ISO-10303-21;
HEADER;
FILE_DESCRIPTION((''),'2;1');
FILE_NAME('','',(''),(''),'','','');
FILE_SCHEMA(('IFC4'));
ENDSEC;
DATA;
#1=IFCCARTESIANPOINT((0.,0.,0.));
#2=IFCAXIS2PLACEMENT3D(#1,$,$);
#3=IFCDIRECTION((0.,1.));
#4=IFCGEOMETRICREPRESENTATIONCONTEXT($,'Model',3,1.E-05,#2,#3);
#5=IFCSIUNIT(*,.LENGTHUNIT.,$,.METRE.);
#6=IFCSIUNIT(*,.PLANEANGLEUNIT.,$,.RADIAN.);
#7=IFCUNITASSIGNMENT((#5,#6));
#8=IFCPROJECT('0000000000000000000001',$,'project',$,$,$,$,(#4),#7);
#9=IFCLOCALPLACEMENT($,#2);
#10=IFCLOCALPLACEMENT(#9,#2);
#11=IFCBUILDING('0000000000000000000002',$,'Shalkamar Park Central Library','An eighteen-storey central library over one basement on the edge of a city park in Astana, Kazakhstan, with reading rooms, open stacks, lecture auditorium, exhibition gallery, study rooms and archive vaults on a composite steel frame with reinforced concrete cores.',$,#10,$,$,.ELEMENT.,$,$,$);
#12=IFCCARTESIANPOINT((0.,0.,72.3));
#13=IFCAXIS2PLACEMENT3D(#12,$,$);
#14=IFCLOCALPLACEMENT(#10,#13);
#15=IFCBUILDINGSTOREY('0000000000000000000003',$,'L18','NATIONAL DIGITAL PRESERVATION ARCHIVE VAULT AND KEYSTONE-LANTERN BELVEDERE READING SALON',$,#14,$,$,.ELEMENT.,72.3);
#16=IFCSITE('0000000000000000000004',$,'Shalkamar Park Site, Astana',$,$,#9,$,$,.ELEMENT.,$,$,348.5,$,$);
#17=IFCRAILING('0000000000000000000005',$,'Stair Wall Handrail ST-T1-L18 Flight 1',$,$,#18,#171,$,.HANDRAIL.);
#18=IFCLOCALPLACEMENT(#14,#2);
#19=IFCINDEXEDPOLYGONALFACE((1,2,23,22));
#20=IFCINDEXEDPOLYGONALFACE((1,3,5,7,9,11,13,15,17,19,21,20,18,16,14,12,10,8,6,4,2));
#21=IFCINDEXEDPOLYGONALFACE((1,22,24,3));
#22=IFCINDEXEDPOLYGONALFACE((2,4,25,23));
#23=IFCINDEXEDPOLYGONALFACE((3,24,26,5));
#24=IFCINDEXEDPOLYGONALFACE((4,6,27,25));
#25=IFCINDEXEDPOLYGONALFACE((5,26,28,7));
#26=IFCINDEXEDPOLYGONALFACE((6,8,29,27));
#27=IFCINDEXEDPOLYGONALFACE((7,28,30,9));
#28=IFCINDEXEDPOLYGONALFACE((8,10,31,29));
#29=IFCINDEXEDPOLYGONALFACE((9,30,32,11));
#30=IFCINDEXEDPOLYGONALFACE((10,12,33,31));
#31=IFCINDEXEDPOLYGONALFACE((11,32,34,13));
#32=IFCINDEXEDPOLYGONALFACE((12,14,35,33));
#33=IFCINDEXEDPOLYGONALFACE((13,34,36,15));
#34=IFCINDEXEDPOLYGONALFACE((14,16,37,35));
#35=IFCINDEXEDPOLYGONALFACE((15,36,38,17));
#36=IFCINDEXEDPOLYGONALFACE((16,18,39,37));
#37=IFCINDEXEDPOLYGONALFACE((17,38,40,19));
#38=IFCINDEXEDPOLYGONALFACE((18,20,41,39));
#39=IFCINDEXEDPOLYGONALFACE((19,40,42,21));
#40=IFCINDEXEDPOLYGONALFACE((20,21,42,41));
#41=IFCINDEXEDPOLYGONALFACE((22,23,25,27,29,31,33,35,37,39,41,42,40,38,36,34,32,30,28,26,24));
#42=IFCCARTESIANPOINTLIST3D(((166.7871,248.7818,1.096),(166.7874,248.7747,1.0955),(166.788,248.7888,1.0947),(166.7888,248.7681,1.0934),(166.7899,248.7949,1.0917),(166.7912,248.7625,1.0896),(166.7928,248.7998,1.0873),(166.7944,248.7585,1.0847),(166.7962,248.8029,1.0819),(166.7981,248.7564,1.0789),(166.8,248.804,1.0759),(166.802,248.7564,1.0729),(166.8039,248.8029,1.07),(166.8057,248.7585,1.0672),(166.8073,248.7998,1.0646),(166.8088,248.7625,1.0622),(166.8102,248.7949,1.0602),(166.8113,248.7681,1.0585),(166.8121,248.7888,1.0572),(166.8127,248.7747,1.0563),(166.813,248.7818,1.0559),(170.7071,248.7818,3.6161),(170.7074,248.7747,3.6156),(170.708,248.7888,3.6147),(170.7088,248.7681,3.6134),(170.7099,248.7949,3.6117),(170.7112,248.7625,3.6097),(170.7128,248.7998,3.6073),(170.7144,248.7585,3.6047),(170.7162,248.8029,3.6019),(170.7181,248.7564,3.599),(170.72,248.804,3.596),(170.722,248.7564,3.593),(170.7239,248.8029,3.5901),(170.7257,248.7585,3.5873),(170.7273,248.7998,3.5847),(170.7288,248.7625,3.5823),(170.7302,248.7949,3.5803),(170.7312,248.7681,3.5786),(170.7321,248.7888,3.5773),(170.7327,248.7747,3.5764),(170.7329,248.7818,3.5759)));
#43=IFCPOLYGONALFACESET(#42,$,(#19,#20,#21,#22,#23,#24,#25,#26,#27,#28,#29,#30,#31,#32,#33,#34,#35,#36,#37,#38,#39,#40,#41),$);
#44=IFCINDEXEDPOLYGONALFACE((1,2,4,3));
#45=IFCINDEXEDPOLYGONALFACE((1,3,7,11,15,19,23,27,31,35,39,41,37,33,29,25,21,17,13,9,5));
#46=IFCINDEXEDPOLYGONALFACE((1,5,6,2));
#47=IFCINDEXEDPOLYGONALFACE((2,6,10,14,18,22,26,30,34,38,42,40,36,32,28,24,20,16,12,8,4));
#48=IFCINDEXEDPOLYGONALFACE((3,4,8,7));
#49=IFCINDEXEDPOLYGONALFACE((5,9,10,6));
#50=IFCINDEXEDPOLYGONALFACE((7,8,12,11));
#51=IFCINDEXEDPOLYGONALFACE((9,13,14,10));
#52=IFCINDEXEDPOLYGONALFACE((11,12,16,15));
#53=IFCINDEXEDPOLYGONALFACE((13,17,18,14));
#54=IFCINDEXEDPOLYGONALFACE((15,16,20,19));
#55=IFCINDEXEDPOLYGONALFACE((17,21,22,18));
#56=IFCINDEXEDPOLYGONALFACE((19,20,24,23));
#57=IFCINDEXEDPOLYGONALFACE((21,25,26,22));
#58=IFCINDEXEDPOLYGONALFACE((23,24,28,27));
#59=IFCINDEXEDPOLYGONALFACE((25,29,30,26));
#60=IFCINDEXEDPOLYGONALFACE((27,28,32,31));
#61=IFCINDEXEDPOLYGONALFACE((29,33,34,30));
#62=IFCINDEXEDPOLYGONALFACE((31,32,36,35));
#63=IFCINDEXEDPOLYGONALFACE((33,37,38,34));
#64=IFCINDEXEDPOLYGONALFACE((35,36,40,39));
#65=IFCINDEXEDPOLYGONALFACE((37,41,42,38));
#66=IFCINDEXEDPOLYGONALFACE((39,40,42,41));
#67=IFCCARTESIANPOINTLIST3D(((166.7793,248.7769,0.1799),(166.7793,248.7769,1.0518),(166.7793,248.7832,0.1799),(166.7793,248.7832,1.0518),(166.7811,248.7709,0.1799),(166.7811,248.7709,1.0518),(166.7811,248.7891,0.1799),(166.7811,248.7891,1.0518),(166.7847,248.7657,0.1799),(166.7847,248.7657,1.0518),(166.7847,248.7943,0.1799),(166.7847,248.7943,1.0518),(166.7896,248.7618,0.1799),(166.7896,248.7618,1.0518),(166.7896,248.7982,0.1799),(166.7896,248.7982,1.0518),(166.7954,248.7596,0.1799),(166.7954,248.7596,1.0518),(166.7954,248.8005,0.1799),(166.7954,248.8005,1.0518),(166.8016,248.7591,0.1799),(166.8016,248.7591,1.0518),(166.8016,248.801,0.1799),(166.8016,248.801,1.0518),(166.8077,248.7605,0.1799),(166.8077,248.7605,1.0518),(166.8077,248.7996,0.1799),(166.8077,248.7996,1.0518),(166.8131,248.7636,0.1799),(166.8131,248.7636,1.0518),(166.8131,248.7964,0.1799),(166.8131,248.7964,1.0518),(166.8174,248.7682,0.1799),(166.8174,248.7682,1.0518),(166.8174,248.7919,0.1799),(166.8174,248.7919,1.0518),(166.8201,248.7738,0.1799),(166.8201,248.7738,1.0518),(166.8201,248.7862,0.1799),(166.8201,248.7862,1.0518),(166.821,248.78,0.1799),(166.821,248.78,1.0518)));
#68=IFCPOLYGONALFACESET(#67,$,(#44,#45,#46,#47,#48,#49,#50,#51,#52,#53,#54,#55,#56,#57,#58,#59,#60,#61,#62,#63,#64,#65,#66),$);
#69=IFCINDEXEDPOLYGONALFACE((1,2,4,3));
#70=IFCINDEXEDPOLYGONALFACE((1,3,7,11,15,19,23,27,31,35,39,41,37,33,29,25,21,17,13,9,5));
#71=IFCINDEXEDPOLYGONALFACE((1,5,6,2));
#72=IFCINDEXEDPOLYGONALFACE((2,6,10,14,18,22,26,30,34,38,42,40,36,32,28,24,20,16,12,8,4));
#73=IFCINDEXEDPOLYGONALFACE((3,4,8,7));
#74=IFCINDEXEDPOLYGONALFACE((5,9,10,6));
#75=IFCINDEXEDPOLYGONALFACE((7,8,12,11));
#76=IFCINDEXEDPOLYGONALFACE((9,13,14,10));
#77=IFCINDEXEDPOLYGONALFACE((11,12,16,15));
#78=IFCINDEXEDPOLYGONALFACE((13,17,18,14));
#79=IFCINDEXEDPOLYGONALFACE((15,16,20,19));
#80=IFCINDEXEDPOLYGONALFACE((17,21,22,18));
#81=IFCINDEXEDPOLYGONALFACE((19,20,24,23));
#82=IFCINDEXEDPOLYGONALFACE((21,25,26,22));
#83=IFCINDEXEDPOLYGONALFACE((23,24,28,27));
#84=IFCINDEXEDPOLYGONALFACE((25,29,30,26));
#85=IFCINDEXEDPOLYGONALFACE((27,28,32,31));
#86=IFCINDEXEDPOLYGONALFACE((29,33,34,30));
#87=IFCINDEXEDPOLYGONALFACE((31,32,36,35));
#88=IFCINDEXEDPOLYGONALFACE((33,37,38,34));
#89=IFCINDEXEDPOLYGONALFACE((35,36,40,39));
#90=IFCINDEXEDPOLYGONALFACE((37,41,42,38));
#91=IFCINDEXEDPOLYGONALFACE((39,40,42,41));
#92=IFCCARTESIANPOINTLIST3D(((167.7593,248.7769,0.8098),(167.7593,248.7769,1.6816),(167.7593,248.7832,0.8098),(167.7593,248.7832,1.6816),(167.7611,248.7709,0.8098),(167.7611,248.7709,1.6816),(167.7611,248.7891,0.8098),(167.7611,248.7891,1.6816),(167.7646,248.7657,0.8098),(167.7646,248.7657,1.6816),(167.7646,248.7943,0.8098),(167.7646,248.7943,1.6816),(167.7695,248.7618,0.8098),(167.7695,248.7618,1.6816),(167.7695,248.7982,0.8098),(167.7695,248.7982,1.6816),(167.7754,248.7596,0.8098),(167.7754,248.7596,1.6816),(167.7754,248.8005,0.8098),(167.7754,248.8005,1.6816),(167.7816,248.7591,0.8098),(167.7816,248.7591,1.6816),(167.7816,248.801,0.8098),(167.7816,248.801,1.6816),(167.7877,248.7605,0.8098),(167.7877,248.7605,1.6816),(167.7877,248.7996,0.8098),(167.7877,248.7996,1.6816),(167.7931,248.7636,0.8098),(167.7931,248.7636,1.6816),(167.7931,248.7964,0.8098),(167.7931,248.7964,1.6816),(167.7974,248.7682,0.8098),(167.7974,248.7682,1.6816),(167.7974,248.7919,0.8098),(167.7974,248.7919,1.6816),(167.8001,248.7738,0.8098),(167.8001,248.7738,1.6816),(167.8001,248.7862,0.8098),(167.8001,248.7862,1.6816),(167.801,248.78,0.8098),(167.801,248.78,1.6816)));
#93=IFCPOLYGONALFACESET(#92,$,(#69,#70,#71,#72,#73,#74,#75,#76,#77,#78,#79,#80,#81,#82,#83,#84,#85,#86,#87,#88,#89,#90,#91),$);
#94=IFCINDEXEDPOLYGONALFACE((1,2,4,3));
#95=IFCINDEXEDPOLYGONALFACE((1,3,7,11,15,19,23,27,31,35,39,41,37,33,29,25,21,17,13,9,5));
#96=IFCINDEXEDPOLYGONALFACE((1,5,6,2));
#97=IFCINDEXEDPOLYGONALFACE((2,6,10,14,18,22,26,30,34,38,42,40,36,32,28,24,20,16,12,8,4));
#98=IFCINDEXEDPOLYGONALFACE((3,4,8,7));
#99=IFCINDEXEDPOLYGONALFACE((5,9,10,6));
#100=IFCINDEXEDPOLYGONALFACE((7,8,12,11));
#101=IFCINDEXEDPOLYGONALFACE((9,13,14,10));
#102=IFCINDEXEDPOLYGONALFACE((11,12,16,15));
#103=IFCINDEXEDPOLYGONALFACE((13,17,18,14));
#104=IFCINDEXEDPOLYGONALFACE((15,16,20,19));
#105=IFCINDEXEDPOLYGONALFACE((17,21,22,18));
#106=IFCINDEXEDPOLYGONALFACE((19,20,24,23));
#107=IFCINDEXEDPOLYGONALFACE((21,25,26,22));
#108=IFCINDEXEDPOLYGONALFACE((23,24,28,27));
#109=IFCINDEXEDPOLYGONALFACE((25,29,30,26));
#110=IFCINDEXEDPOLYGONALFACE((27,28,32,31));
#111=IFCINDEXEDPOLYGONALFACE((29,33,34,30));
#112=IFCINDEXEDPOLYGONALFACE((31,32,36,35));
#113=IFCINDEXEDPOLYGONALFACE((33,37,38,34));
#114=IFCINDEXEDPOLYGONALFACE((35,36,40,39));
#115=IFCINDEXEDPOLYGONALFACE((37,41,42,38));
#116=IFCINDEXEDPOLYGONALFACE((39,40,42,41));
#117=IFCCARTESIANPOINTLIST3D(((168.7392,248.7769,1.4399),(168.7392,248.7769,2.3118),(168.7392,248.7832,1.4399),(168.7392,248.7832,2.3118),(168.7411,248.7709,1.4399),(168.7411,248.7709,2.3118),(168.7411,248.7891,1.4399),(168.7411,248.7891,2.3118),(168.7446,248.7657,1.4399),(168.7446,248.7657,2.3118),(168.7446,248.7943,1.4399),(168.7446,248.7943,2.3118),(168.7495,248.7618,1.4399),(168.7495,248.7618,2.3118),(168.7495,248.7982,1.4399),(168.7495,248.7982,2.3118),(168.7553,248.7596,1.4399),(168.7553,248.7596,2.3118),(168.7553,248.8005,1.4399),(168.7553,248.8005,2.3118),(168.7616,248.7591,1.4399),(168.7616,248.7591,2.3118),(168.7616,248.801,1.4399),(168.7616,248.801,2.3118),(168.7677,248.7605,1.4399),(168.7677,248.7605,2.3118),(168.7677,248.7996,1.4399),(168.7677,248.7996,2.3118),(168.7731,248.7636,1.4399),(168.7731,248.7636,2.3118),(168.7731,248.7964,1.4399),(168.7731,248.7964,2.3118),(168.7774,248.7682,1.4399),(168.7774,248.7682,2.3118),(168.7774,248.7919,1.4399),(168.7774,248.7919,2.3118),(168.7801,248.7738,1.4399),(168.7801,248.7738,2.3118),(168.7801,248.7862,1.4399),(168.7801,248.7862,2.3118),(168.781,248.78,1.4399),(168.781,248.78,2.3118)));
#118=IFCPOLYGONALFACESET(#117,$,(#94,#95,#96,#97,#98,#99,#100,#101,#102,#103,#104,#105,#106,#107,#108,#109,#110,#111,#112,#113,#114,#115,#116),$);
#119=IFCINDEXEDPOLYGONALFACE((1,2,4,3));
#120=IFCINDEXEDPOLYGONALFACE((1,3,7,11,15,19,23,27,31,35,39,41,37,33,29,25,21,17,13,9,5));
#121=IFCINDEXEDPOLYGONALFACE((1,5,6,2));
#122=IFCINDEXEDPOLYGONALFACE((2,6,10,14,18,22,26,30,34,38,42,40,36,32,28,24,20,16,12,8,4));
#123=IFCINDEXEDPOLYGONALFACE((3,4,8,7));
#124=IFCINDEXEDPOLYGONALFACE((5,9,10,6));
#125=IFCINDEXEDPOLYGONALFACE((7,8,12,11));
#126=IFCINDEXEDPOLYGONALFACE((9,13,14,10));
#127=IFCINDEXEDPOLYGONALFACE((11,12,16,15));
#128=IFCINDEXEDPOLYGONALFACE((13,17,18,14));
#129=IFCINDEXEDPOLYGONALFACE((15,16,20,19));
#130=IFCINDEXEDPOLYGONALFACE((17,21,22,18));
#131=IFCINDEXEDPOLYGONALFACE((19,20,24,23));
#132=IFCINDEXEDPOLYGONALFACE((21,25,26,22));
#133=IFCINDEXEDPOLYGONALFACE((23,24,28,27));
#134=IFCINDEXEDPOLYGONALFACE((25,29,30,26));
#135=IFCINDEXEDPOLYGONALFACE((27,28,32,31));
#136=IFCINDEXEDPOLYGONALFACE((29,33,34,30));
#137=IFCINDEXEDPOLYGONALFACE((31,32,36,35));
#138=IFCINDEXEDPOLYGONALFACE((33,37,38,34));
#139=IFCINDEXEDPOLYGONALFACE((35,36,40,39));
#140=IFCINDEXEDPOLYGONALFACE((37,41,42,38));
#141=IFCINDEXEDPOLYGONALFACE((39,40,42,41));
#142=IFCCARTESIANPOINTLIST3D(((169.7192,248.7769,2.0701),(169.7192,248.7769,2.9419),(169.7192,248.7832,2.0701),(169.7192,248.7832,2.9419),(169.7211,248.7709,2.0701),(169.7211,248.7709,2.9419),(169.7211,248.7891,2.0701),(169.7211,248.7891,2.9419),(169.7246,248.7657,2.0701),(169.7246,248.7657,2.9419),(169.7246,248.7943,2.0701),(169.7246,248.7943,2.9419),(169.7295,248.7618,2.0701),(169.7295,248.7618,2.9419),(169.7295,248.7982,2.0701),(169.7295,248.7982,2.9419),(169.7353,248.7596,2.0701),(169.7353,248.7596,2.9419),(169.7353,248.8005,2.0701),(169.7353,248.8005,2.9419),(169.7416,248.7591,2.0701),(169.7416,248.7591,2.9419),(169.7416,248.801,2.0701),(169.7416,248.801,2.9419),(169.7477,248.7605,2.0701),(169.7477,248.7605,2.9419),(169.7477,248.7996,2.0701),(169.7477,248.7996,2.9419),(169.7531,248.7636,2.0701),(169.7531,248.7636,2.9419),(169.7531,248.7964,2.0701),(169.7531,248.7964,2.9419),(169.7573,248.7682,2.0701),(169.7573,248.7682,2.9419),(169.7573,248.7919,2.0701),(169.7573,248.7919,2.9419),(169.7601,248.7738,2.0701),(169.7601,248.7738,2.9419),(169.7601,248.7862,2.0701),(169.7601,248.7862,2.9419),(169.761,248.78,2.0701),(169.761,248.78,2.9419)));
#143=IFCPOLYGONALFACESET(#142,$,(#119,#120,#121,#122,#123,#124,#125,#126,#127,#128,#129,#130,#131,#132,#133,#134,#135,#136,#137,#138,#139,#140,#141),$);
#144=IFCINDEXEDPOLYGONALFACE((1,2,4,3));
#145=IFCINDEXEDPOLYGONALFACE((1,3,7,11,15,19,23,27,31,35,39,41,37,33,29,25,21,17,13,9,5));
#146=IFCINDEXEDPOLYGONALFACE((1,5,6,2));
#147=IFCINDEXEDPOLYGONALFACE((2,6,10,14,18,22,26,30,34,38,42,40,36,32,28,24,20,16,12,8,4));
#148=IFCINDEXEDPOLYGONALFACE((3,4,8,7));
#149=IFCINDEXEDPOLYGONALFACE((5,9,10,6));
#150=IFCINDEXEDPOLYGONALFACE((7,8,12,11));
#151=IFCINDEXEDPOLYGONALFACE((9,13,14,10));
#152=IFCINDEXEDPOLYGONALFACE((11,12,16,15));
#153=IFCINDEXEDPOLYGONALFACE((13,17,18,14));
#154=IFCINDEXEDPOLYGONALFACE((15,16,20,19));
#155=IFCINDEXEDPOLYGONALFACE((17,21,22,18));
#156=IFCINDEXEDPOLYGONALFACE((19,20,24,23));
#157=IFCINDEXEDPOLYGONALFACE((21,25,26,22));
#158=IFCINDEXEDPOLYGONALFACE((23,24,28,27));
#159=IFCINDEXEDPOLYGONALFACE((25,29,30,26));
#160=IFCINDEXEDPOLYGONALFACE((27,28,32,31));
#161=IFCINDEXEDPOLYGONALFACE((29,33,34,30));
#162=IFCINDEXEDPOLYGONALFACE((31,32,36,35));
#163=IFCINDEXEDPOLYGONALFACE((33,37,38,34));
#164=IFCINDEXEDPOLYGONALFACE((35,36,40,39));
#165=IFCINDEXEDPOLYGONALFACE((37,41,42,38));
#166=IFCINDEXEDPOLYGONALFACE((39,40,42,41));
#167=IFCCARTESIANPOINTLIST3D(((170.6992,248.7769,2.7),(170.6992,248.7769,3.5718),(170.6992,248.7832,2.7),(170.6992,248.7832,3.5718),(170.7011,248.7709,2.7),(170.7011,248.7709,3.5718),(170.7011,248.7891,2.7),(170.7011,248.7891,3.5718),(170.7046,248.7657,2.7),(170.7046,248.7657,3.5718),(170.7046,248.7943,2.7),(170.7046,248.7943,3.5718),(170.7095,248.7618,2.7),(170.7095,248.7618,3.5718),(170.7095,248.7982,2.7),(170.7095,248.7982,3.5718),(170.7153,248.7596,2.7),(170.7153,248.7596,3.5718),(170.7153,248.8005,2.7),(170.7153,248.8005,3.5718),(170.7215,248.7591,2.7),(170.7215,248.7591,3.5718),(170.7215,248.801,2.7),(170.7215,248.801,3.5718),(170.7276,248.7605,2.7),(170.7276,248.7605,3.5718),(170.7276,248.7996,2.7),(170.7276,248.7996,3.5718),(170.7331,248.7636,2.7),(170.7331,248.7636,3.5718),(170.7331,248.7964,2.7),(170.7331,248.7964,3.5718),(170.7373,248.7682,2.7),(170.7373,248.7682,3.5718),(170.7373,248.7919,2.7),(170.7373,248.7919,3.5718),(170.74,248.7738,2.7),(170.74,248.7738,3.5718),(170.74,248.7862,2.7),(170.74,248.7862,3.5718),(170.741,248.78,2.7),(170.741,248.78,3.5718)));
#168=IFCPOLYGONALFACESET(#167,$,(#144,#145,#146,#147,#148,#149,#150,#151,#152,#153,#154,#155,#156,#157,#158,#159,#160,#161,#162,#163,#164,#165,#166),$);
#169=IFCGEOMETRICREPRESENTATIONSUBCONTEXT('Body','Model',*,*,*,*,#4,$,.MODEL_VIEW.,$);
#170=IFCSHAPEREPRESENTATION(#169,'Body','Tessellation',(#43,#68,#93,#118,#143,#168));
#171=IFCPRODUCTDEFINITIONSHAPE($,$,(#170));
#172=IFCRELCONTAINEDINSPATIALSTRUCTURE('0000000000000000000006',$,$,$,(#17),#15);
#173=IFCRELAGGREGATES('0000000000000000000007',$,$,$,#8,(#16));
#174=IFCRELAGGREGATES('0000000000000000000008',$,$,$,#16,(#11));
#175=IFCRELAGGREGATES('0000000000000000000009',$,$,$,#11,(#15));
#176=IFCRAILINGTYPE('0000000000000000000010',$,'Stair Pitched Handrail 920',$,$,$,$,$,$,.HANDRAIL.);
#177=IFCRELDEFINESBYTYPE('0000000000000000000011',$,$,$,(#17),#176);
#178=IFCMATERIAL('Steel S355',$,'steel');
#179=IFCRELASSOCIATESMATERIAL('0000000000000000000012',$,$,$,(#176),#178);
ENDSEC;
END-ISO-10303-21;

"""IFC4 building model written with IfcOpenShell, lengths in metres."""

from ifc_helpers import new_model, si_unit, direction, frame, origin, origin_2d, place, context, subcontext, project, spatial, circle, extrude, material, type_object, element, save


model = new_model("IFC4")

# Units and contexts
model_context = context("Model", 3, precision=1e-05, world=origin(), true_north=direction((0.0, 1.0)))
body_context = subcontext(model_context, "Body", "Model", "MODEL_VIEW")
ifc_project = project(units=[si_unit("LENGTHUNIT", "METRE"), si_unit("PLANEANGLEUNIT", "RADIAN")], contexts=[model_context])

# Site, building, storey
site_placement = place(None, origin())
site = spatial("IfcSite", under=ifc_project, at=site_placement, Name="Shalkamar Park Site, Astana", CompositionType="ELEMENT", RefElevation=348.5)
building_placement = place(site_placement, origin())
building = spatial("IfcBuilding", under=site, at=building_placement, Name="Shalkamar Park Central Library", Description="An eighteen-storey central library over one basement on the edge of a city park in Astana, Kazakhstan, with reading rooms, open stacks, lecture auditorium, exhibition gallery, study rooms and archive vaults on a composite steel frame with reinforced concrete cores.", CompositionType="ELEMENT")
storey_placement = place(building_placement, frame((0.0, 0.0, 72.3)))
storey = spatial("IfcBuildingStorey", under=building, at=storey_placement, Name="L18", Description="NATIONAL DIGITAL PRESERVATION ARCHIVE VAULT AND KEYSTONE-LANTERN BELVEDERE READING SALON", CompositionType="ELEMENT", Elevation=72.3)

# Shared definitions
ifc_material_1 = material(Name="Steel S355", Category="steel")

# Railing
railing_type_1 = type_object("IfcRailingType", Name="Stair Pitched Handrail 920", PredefinedType="HANDRAIL", material=ifc_material_1)
railing_1_placement = place(storey_placement, frame((166.8, 248.78, 0.1799)))
element("IfcRailing", 1, at=railing_1_placement, inside=storey, type_object=railing_type_1, Name="Stair Wall Handrail ST-T1-L18 Flight 1", PredefinedType="HANDRAIL", context=body_context, shape_type="SweptSolid", body=[
    extrude(circle(Radius=0.0239, at=origin_2d()), frame((0.0, 0.0, 0.896), z_axis=(0.841172, 0.0, 0.540768), x_axis=(0.0, 1.0, 0.0)), (0.0, 0.0, 1.0), 4.6602),
    extrude(circle(Radius=0.021, at=origin_2d()), origin(), (0.0, 0.0, 1.0), 0.8718),
    extrude(circle(Radius=0.021, at=origin_2d()), frame((0.98, 0.0, 0.6299)), (0.0, 0.0, 1.0), 0.8718),
    extrude(circle(Radius=0.021, at=origin_2d()), frame((1.96, 0.0, 1.26)), (0.0, 0.0, 1.0), 0.8718),
    extrude(circle(Radius=0.021, at=origin_2d()), frame((2.9399, 0.0, 1.8901)), (0.0, 0.0, 1.0), 0.8718),
    extrude(circle(Radius=0.021, at=origin_2d()), frame((3.9199, 0.0, 2.52)), (0.0, 0.0, 1.0), 0.8718),
])

save(model, "model.ifc")
